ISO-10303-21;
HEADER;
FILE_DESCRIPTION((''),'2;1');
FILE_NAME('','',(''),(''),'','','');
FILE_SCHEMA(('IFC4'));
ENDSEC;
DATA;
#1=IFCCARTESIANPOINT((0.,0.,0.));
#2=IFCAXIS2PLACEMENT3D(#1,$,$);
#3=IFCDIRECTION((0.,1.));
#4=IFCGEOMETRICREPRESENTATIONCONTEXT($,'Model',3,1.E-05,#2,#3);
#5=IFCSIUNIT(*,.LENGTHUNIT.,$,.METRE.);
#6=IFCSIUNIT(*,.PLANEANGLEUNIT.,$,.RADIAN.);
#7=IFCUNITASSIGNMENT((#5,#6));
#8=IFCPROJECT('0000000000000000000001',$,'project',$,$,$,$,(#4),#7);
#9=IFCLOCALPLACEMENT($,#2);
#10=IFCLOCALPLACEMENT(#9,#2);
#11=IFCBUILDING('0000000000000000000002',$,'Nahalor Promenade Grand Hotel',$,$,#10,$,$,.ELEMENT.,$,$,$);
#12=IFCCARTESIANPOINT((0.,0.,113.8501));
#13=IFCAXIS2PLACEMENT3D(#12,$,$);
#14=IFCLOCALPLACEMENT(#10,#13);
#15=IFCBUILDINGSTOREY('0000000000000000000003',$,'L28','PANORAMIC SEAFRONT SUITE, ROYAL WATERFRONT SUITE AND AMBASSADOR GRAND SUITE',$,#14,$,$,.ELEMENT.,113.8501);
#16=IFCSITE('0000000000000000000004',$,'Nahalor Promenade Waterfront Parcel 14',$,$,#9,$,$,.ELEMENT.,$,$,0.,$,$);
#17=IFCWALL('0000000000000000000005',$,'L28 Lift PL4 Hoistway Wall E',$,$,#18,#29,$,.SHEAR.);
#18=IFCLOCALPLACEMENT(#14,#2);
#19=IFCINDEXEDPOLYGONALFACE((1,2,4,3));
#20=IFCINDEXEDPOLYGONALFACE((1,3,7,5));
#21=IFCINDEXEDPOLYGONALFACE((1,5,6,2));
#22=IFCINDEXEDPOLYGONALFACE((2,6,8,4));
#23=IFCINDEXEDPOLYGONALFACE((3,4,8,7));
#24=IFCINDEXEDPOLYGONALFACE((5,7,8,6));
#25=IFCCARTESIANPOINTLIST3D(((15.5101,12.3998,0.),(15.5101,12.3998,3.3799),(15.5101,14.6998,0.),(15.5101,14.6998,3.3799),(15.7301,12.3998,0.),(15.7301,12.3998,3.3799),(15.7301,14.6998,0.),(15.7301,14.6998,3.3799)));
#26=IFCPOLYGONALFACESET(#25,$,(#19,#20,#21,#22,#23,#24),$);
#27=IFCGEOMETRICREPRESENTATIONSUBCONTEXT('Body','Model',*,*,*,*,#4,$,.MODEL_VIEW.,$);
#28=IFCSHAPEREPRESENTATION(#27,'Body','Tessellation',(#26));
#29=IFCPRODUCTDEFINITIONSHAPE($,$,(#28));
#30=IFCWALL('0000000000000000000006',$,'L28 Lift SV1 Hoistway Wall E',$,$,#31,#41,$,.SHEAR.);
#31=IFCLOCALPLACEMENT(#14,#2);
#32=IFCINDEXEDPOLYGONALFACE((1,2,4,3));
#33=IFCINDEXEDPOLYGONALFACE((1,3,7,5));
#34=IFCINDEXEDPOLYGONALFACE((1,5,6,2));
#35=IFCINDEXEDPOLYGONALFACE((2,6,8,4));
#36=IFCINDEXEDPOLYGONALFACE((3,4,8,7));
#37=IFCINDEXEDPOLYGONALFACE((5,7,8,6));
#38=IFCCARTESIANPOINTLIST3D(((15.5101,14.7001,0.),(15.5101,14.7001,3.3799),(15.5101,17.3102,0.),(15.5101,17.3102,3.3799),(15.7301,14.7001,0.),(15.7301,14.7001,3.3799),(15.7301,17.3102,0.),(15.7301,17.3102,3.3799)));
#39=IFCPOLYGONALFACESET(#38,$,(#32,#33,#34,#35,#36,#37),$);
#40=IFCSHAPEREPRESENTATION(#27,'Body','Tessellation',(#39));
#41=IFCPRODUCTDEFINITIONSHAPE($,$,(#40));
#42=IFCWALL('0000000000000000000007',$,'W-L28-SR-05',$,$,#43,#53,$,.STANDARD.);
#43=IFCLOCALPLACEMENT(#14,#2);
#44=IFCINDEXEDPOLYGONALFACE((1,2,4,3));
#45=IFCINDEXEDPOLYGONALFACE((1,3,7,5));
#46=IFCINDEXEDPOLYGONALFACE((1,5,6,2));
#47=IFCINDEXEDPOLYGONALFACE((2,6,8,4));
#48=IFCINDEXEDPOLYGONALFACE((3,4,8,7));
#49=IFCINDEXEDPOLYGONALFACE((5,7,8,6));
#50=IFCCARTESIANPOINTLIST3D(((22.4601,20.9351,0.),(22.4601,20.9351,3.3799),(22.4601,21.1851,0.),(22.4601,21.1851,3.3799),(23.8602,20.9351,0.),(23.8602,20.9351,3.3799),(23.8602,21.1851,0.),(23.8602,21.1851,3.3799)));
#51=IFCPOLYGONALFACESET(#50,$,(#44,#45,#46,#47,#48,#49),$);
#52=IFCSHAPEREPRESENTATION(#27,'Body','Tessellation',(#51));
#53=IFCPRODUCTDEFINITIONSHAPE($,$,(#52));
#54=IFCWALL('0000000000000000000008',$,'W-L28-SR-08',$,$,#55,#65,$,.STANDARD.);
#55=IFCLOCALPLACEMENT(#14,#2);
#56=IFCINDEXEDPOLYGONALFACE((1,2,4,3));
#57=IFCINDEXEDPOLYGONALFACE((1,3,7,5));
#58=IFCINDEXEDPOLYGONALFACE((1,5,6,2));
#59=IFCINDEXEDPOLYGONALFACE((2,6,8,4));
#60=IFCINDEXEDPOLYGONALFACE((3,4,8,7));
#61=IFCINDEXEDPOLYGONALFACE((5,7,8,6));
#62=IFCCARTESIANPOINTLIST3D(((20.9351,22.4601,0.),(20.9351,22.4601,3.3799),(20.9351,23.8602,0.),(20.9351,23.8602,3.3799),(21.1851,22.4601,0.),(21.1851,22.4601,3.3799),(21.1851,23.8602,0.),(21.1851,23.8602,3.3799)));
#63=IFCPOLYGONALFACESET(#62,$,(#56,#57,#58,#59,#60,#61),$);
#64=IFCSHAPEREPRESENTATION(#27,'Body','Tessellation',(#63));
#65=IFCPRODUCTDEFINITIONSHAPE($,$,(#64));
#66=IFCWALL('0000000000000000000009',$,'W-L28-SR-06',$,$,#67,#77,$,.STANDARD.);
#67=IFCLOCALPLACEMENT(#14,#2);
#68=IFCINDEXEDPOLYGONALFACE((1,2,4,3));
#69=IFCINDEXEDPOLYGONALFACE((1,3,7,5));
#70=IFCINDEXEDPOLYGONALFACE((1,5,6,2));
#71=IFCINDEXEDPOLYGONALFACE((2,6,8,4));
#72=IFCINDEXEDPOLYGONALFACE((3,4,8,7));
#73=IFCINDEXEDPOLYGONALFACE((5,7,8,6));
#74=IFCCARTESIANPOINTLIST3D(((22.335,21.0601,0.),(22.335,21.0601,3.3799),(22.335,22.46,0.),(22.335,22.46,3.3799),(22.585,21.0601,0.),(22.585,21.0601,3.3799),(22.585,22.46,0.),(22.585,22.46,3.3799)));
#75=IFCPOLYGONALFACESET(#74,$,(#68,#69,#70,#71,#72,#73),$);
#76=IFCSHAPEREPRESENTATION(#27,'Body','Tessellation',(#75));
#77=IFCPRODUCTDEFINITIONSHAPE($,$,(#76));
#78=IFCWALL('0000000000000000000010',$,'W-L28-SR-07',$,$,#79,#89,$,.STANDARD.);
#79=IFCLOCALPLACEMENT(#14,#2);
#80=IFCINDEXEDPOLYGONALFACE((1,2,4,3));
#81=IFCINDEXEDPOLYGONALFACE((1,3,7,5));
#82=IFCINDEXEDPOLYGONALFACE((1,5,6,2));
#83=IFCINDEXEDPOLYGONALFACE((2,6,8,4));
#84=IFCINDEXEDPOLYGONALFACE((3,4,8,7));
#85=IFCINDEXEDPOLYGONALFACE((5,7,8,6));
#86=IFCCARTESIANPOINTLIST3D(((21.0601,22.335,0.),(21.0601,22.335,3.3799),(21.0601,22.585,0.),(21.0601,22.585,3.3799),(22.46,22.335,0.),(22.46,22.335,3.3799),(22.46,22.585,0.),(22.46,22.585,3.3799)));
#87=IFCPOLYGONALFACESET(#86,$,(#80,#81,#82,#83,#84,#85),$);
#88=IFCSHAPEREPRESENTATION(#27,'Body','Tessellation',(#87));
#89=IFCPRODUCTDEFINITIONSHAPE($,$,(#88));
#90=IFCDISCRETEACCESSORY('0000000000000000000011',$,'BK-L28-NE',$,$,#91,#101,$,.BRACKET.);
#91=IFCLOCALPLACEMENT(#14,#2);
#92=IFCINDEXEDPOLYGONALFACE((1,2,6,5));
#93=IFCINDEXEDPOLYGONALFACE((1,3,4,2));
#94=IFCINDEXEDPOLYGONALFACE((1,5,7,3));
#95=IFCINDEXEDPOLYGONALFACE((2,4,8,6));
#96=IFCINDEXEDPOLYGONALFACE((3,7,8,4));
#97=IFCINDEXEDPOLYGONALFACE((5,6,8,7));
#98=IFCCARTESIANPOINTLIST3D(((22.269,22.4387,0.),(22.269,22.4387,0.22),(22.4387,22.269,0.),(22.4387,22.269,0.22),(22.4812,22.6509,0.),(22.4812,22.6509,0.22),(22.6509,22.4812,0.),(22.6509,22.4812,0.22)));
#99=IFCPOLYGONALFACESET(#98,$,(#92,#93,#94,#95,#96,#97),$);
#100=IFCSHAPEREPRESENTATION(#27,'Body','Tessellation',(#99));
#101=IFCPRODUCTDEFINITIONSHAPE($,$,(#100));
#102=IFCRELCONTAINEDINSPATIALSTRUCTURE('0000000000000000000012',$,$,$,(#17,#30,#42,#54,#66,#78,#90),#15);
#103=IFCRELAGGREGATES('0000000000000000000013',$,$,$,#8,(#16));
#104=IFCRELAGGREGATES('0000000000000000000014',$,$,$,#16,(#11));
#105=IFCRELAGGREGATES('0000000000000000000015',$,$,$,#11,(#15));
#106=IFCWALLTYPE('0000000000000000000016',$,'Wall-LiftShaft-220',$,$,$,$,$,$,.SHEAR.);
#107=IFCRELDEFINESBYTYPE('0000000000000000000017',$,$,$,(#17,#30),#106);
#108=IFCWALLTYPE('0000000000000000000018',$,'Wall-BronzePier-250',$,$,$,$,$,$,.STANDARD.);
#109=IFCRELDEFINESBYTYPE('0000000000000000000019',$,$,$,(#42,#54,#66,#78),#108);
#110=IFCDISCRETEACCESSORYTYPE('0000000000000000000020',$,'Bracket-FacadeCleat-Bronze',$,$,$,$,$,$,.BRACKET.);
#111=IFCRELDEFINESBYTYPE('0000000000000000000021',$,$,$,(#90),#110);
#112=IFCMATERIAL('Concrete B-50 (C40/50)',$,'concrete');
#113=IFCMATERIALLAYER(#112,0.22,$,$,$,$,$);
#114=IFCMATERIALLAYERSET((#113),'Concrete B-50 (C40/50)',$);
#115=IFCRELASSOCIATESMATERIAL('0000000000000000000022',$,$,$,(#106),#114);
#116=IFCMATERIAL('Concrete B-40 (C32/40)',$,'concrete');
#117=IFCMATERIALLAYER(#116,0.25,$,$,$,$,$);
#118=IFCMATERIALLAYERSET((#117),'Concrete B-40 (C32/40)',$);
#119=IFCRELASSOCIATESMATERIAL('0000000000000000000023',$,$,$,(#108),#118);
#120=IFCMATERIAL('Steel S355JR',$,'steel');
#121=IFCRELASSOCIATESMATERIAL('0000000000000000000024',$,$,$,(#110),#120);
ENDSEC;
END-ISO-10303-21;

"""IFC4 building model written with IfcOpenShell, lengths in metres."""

from ifc_helpers import new_model, si_unit, direction, frame, frame_2d, origin, origin_2d, place, context, subcontext, project, spatial, rectangle, extrude, source, transform, mapped, material, layer, layer_set, type_object, element, save


model = new_model("IFC4")

# Units and contexts
model_context = context("Model", 3, precision=1e-05, world=origin(), true_north=direction((0.0, 1.0)))
body_context = subcontext(model_context, "Body", "Model", "MODEL_VIEW")
ifc_project = project(units=[si_unit("LENGTHUNIT", "METRE"), si_unit("PLANEANGLEUNIT", "RADIAN")], contexts=[model_context])

# Site, building, storey
site_placement = place(None, origin())
site = spatial("IfcSite", under=ifc_project, at=site_placement, Name="Nahalor Promenade Waterfront Parcel 14", CompositionType="ELEMENT", RefElevation=0.0)
building_placement = place(site_placement, origin())
building = spatial("IfcBuilding", under=site, at=building_placement, Name="Nahalor Promenade Grand Hotel", CompositionType="ELEMENT")
storey_placement = place(building_placement, frame((0.0, 0.0, 113.8501)))
storey = spatial("IfcBuildingStorey", under=building, at=storey_placement, Name="L28", Description="PANORAMIC SEAFRONT SUITE, ROYAL WATERFRONT SUITE AND AMBASSADOR GRAND SUITE", CompositionType="ELEMENT", Elevation=113.8501)

# Shared definitions
ifc_material_1 = material(Name="Steel S355JR", Category="steel")

# Walls
ifc_material_2 = material(Name="Concrete B-50 (C40/50)", Category="concrete")
ifc_layer_1 = layer(ifc_material_2, 0.22)
ifc_layer_set_1 = layer_set([ifc_layer_1], Name="Concrete B-50 (C40/50)")
wall_type_1 = type_object("IfcWallType", Name="Wall-LiftShaft-220", PredefinedType="SHEAR", material=ifc_layer_set_1)
shared_shape_1 = source(origin(), body_context, "Body", "SweptSolid", [
    extrude(rectangle(XDim=2.3, YDim=0.22, at=frame_2d((1.1499, 0.0))), origin(), (0.0, 0.0, 1.0), 3.3799),
])
wall_1_placement = place(storey_placement, frame((15.6201, 12.3999, 0.0), z_axis=(0.0, 0.0, 1.0), x_axis=(0.0, 1.0, 0.0)))
element("IfcWall", 1, at=wall_1_placement, inside=storey, type_object=wall_type_1, Name="L28 Lift PL4 Hoistway Wall E", PredefinedType="SHEAR", context=body_context, shape_type="MappedRepresentation", body=[
    mapped(shared_shape_1, transform((0.0, 0.0, 0.0), scale=1.0)),
])
shared_shape_2 = source(origin(), body_context, "Body", "SweptSolid", [
    extrude(rectangle(XDim=2.6101, YDim=0.22, at=frame_2d((1.3052, 0.0))), origin(), (0.0, 0.0, 1.0), 3.3799),
])
wall_2_placement = place(storey_placement, frame((15.6201, 14.7, 0.0), z_axis=(0.0, 0.0, 1.0), x_axis=(0.0, 1.0, 0.0)))
element("IfcWall", 2, at=wall_2_placement, inside=storey, type_object=wall_type_1, Name="L28 Lift SV1 Hoistway Wall E", PredefinedType="SHEAR", context=body_context, shape_type="MappedRepresentation", body=[
    mapped(shared_shape_2, transform((0.0, 0.0, 0.0), scale=1.0)),
])
ifc_material_3 = material(Name="Concrete B-40 (C32/40)", Category="concrete")
ifc_layer_2 = layer(ifc_material_3, 0.25)
ifc_layer_set_2 = layer_set([ifc_layer_2], Name="Concrete B-40 (C32/40)")
wall_type_2 = type_object("IfcWallType", Name="Wall-BronzePier-250", PredefinedType="STANDARD", material=ifc_layer_set_2)
shared_shape_3 = source(origin(), body_context, "Body", "SweptSolid", [
    extrude(rectangle(XDim=1.4001, YDim=0.25, at=frame_2d((0.7002, 0.0))), origin(), (0.0, 0.0, 1.0), 3.3799),
])
for number, where, z_axis, x_axis, name in (
    (3, (22.46, 21.0601, 0.0), (0.0, 0.0, 1.0), (1.0, 0.0, 0.0), "W-L28-SR-05"),
    (4, (21.0601, 22.46, 0.0), (0.0, 0.0, 1.0), (0.0, 1.0, 0.0), "W-L28-SR-08"),
):
    element("IfcWall", number, at=place(storey_placement, frame(where, z_axis=z_axis, x_axis=x_axis)), inside=storey, type_object=wall_type_2, Name=name, PredefinedType="STANDARD", context=body_context, shape_type="MappedRepresentation", body=[
        mapped(shared_shape_3, transform((0.0, 0.0, 0.0), scale=1.0)),
    ])
shared_shape_4 = source(origin(), body_context, "Body", "SweptSolid", [
    extrude(rectangle(XDim=1.3999, YDim=0.25, at=frame_2d((0.7, 0.0))), origin(), (0.0, 0.0, 1.0), 3.3799),
])
for number, where, z_axis, x_axis, name in (
    (5, (22.46, 21.0601, 0.0), (0.0, 0.0, 1.0), (0.0, 1.0, 0.0), "W-L28-SR-06"),
    (6, (21.0601, 22.46, 0.0), (0.0, 0.0, 1.0), (1.0, 0.0, 0.0), "W-L28-SR-07"),
):
    element("IfcWall", number, at=place(storey_placement, frame(where, z_axis=z_axis, x_axis=x_axis)), inside=storey, type_object=wall_type_2, Name=name, PredefinedType="STANDARD", context=body_context, shape_type="MappedRepresentation", body=[
        mapped(shared_shape_4, transform((0.0, 0.0, 0.0), scale=1.0)),
    ])

# Discrete accessory
discrete_accessory_type = type_object("IfcDiscreteAccessoryType", Name="Bracket-FacadeCleat-Bronze", PredefinedType="BRACKET", material=ifc_material_1)
shared_shape_5 = source(origin(), body_context, "Body", "SweptSolid", [
    extrude(rectangle(XDim=0.3, YDim=0.24, at=origin_2d()), origin(), (0.0, 0.0, 1.0), 0.22),
])
discrete_accessory_placement = place(storey_placement, frame((22.46, 22.46, 0.0), z_axis=(0.0, 0.0, 1.0), x_axis=(0.707107, 0.707107, 0.0)))
element("IfcDiscreteAccessory", 7, at=discrete_accessory_placement, inside=storey, type_object=discrete_accessory_type, Name="BK-L28-NE", PredefinedType="BRACKET", context=body_context, shape_type="MappedRepresentation", body=[
    mapped(shared_shape_5, transform((0.0, 0.0, 0.0), scale=1.0)),
])

save(model, "model.ifc")
